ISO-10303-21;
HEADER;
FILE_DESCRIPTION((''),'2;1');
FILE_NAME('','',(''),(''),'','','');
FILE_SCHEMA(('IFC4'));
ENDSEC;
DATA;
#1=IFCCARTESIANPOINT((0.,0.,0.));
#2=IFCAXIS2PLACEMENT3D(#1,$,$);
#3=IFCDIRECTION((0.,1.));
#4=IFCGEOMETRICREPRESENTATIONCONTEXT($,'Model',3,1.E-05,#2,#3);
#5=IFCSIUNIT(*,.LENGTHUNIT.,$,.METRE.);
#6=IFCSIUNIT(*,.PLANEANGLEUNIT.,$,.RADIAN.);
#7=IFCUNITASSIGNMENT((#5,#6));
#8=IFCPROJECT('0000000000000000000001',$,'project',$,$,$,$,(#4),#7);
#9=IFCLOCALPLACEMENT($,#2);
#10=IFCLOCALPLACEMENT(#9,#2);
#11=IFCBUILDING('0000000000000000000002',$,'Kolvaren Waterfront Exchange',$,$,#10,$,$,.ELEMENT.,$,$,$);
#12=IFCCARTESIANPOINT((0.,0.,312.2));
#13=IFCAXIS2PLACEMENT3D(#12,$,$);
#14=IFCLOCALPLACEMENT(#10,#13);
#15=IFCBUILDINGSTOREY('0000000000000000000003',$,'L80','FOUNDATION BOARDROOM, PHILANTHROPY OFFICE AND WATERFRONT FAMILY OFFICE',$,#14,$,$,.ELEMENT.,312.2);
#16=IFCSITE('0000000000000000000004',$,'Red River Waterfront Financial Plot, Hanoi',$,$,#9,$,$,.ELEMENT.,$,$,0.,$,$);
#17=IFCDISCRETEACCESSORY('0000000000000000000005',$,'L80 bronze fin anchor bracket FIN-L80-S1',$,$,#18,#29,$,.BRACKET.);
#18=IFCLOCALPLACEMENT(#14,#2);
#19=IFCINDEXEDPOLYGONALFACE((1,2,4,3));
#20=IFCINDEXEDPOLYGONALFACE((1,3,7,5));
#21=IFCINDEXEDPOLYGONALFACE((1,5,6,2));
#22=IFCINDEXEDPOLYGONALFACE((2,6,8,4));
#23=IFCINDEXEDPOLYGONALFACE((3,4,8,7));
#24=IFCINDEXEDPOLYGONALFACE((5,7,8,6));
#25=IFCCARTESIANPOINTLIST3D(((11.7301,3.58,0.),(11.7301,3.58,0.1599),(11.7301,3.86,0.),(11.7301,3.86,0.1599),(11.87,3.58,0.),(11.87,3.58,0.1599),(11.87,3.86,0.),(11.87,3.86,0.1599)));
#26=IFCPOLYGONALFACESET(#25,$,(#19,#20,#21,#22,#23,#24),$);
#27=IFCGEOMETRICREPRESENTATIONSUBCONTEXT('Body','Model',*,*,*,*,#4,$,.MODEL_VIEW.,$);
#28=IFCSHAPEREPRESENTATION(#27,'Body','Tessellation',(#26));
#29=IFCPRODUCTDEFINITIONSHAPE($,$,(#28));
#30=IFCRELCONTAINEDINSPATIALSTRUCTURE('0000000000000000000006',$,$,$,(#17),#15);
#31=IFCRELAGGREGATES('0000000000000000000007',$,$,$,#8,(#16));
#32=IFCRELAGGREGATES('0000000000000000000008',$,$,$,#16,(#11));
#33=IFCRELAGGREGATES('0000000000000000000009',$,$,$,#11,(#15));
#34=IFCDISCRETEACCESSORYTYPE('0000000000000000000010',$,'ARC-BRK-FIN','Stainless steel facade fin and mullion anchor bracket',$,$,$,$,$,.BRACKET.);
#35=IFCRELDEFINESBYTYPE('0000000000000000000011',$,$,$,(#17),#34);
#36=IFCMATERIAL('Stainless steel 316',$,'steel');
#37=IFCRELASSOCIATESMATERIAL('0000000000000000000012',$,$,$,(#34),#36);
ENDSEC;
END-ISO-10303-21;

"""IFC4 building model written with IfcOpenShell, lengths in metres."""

from ifc_helpers import new_model, si_unit, direction, frame, origin, origin_with_axes, origin_2d, place, context, subcontext, project, spatial, rectangle, extrude, source, transform, mapped, material, type_object, element, save


model = new_model("IFC4")

# Units and contexts
model_context = context("Model", 3, precision=1e-05, world=origin(), true_north=direction((0.0, 1.0)))
body_context = subcontext(model_context, "Body", "Model", "MODEL_VIEW")
ifc_project = project(units=[si_unit("LENGTHUNIT", "METRE"), si_unit("PLANEANGLEUNIT", "RADIAN")], contexts=[model_context])

# Site, building, storey
site_placement = place(None, origin())
site = spatial("IfcSite", under=ifc_project, at=site_placement, Name="Red River Waterfront Financial Plot, Hanoi", CompositionType="ELEMENT", RefElevation=0.0)
building_placement = place(site_placement, origin())
building = spatial("IfcBuilding", under=site, at=building_placement, Name="Kolvaren Waterfront Exchange", CompositionType="ELEMENT")
storey_placement = place(building_placement, frame((0.0, 0.0, 312.2)))
storey = spatial("IfcBuildingStorey", under=building, at=storey_placement, Name="L80", Description="FOUNDATION BOARDROOM, PHILANTHROPY OFFICE AND WATERFRONT FAMILY OFFICE", CompositionType="ELEMENT", Elevation=312.2)

# Discrete accessory
ifc_material_1 = material(Name="Stainless steel 316", Category="steel")
discrete_accessory_type = type_object("IfcDiscreteAccessoryType", Name="ARC-BRK-FIN", Description="Stainless steel facade fin and mullion anchor bracket", PredefinedType="BRACKET", material=ifc_material_1)
shared_shape_1 = source(origin_with_axes(), body_context, "Body", "SweptSolid", [
    extrude(rectangle(XDim=0.28, YDim=0.1399, at=origin_2d()), origin(), (0.0, 0.0, 1.0), 0.1599),
])
discrete_accessory_placement = place(storey_placement, frame((11.8, 3.72, 0.0), z_axis=(0.0, 0.0, 1.0), x_axis=(0.0, -1.0, 0.0)))
element("IfcDiscreteAccessory", 1, at=discrete_accessory_placement, inside=storey, type_object=discrete_accessory_type, Name="L80 bronze fin anchor bracket FIN-L80-S1", PredefinedType="BRACKET", context=body_context, shape_type="MappedRepresentation", body=[
    mapped(shared_shape_1, transform((0.0, 0.0, 0.0), x_axis=(1.0, 0.0, 0.0), y_axis=(0.0, 1.0, 0.0), z_axis=(0.0, 0.0, 1.0), scale=1.0)),
])

save(model, "model.ifc")
